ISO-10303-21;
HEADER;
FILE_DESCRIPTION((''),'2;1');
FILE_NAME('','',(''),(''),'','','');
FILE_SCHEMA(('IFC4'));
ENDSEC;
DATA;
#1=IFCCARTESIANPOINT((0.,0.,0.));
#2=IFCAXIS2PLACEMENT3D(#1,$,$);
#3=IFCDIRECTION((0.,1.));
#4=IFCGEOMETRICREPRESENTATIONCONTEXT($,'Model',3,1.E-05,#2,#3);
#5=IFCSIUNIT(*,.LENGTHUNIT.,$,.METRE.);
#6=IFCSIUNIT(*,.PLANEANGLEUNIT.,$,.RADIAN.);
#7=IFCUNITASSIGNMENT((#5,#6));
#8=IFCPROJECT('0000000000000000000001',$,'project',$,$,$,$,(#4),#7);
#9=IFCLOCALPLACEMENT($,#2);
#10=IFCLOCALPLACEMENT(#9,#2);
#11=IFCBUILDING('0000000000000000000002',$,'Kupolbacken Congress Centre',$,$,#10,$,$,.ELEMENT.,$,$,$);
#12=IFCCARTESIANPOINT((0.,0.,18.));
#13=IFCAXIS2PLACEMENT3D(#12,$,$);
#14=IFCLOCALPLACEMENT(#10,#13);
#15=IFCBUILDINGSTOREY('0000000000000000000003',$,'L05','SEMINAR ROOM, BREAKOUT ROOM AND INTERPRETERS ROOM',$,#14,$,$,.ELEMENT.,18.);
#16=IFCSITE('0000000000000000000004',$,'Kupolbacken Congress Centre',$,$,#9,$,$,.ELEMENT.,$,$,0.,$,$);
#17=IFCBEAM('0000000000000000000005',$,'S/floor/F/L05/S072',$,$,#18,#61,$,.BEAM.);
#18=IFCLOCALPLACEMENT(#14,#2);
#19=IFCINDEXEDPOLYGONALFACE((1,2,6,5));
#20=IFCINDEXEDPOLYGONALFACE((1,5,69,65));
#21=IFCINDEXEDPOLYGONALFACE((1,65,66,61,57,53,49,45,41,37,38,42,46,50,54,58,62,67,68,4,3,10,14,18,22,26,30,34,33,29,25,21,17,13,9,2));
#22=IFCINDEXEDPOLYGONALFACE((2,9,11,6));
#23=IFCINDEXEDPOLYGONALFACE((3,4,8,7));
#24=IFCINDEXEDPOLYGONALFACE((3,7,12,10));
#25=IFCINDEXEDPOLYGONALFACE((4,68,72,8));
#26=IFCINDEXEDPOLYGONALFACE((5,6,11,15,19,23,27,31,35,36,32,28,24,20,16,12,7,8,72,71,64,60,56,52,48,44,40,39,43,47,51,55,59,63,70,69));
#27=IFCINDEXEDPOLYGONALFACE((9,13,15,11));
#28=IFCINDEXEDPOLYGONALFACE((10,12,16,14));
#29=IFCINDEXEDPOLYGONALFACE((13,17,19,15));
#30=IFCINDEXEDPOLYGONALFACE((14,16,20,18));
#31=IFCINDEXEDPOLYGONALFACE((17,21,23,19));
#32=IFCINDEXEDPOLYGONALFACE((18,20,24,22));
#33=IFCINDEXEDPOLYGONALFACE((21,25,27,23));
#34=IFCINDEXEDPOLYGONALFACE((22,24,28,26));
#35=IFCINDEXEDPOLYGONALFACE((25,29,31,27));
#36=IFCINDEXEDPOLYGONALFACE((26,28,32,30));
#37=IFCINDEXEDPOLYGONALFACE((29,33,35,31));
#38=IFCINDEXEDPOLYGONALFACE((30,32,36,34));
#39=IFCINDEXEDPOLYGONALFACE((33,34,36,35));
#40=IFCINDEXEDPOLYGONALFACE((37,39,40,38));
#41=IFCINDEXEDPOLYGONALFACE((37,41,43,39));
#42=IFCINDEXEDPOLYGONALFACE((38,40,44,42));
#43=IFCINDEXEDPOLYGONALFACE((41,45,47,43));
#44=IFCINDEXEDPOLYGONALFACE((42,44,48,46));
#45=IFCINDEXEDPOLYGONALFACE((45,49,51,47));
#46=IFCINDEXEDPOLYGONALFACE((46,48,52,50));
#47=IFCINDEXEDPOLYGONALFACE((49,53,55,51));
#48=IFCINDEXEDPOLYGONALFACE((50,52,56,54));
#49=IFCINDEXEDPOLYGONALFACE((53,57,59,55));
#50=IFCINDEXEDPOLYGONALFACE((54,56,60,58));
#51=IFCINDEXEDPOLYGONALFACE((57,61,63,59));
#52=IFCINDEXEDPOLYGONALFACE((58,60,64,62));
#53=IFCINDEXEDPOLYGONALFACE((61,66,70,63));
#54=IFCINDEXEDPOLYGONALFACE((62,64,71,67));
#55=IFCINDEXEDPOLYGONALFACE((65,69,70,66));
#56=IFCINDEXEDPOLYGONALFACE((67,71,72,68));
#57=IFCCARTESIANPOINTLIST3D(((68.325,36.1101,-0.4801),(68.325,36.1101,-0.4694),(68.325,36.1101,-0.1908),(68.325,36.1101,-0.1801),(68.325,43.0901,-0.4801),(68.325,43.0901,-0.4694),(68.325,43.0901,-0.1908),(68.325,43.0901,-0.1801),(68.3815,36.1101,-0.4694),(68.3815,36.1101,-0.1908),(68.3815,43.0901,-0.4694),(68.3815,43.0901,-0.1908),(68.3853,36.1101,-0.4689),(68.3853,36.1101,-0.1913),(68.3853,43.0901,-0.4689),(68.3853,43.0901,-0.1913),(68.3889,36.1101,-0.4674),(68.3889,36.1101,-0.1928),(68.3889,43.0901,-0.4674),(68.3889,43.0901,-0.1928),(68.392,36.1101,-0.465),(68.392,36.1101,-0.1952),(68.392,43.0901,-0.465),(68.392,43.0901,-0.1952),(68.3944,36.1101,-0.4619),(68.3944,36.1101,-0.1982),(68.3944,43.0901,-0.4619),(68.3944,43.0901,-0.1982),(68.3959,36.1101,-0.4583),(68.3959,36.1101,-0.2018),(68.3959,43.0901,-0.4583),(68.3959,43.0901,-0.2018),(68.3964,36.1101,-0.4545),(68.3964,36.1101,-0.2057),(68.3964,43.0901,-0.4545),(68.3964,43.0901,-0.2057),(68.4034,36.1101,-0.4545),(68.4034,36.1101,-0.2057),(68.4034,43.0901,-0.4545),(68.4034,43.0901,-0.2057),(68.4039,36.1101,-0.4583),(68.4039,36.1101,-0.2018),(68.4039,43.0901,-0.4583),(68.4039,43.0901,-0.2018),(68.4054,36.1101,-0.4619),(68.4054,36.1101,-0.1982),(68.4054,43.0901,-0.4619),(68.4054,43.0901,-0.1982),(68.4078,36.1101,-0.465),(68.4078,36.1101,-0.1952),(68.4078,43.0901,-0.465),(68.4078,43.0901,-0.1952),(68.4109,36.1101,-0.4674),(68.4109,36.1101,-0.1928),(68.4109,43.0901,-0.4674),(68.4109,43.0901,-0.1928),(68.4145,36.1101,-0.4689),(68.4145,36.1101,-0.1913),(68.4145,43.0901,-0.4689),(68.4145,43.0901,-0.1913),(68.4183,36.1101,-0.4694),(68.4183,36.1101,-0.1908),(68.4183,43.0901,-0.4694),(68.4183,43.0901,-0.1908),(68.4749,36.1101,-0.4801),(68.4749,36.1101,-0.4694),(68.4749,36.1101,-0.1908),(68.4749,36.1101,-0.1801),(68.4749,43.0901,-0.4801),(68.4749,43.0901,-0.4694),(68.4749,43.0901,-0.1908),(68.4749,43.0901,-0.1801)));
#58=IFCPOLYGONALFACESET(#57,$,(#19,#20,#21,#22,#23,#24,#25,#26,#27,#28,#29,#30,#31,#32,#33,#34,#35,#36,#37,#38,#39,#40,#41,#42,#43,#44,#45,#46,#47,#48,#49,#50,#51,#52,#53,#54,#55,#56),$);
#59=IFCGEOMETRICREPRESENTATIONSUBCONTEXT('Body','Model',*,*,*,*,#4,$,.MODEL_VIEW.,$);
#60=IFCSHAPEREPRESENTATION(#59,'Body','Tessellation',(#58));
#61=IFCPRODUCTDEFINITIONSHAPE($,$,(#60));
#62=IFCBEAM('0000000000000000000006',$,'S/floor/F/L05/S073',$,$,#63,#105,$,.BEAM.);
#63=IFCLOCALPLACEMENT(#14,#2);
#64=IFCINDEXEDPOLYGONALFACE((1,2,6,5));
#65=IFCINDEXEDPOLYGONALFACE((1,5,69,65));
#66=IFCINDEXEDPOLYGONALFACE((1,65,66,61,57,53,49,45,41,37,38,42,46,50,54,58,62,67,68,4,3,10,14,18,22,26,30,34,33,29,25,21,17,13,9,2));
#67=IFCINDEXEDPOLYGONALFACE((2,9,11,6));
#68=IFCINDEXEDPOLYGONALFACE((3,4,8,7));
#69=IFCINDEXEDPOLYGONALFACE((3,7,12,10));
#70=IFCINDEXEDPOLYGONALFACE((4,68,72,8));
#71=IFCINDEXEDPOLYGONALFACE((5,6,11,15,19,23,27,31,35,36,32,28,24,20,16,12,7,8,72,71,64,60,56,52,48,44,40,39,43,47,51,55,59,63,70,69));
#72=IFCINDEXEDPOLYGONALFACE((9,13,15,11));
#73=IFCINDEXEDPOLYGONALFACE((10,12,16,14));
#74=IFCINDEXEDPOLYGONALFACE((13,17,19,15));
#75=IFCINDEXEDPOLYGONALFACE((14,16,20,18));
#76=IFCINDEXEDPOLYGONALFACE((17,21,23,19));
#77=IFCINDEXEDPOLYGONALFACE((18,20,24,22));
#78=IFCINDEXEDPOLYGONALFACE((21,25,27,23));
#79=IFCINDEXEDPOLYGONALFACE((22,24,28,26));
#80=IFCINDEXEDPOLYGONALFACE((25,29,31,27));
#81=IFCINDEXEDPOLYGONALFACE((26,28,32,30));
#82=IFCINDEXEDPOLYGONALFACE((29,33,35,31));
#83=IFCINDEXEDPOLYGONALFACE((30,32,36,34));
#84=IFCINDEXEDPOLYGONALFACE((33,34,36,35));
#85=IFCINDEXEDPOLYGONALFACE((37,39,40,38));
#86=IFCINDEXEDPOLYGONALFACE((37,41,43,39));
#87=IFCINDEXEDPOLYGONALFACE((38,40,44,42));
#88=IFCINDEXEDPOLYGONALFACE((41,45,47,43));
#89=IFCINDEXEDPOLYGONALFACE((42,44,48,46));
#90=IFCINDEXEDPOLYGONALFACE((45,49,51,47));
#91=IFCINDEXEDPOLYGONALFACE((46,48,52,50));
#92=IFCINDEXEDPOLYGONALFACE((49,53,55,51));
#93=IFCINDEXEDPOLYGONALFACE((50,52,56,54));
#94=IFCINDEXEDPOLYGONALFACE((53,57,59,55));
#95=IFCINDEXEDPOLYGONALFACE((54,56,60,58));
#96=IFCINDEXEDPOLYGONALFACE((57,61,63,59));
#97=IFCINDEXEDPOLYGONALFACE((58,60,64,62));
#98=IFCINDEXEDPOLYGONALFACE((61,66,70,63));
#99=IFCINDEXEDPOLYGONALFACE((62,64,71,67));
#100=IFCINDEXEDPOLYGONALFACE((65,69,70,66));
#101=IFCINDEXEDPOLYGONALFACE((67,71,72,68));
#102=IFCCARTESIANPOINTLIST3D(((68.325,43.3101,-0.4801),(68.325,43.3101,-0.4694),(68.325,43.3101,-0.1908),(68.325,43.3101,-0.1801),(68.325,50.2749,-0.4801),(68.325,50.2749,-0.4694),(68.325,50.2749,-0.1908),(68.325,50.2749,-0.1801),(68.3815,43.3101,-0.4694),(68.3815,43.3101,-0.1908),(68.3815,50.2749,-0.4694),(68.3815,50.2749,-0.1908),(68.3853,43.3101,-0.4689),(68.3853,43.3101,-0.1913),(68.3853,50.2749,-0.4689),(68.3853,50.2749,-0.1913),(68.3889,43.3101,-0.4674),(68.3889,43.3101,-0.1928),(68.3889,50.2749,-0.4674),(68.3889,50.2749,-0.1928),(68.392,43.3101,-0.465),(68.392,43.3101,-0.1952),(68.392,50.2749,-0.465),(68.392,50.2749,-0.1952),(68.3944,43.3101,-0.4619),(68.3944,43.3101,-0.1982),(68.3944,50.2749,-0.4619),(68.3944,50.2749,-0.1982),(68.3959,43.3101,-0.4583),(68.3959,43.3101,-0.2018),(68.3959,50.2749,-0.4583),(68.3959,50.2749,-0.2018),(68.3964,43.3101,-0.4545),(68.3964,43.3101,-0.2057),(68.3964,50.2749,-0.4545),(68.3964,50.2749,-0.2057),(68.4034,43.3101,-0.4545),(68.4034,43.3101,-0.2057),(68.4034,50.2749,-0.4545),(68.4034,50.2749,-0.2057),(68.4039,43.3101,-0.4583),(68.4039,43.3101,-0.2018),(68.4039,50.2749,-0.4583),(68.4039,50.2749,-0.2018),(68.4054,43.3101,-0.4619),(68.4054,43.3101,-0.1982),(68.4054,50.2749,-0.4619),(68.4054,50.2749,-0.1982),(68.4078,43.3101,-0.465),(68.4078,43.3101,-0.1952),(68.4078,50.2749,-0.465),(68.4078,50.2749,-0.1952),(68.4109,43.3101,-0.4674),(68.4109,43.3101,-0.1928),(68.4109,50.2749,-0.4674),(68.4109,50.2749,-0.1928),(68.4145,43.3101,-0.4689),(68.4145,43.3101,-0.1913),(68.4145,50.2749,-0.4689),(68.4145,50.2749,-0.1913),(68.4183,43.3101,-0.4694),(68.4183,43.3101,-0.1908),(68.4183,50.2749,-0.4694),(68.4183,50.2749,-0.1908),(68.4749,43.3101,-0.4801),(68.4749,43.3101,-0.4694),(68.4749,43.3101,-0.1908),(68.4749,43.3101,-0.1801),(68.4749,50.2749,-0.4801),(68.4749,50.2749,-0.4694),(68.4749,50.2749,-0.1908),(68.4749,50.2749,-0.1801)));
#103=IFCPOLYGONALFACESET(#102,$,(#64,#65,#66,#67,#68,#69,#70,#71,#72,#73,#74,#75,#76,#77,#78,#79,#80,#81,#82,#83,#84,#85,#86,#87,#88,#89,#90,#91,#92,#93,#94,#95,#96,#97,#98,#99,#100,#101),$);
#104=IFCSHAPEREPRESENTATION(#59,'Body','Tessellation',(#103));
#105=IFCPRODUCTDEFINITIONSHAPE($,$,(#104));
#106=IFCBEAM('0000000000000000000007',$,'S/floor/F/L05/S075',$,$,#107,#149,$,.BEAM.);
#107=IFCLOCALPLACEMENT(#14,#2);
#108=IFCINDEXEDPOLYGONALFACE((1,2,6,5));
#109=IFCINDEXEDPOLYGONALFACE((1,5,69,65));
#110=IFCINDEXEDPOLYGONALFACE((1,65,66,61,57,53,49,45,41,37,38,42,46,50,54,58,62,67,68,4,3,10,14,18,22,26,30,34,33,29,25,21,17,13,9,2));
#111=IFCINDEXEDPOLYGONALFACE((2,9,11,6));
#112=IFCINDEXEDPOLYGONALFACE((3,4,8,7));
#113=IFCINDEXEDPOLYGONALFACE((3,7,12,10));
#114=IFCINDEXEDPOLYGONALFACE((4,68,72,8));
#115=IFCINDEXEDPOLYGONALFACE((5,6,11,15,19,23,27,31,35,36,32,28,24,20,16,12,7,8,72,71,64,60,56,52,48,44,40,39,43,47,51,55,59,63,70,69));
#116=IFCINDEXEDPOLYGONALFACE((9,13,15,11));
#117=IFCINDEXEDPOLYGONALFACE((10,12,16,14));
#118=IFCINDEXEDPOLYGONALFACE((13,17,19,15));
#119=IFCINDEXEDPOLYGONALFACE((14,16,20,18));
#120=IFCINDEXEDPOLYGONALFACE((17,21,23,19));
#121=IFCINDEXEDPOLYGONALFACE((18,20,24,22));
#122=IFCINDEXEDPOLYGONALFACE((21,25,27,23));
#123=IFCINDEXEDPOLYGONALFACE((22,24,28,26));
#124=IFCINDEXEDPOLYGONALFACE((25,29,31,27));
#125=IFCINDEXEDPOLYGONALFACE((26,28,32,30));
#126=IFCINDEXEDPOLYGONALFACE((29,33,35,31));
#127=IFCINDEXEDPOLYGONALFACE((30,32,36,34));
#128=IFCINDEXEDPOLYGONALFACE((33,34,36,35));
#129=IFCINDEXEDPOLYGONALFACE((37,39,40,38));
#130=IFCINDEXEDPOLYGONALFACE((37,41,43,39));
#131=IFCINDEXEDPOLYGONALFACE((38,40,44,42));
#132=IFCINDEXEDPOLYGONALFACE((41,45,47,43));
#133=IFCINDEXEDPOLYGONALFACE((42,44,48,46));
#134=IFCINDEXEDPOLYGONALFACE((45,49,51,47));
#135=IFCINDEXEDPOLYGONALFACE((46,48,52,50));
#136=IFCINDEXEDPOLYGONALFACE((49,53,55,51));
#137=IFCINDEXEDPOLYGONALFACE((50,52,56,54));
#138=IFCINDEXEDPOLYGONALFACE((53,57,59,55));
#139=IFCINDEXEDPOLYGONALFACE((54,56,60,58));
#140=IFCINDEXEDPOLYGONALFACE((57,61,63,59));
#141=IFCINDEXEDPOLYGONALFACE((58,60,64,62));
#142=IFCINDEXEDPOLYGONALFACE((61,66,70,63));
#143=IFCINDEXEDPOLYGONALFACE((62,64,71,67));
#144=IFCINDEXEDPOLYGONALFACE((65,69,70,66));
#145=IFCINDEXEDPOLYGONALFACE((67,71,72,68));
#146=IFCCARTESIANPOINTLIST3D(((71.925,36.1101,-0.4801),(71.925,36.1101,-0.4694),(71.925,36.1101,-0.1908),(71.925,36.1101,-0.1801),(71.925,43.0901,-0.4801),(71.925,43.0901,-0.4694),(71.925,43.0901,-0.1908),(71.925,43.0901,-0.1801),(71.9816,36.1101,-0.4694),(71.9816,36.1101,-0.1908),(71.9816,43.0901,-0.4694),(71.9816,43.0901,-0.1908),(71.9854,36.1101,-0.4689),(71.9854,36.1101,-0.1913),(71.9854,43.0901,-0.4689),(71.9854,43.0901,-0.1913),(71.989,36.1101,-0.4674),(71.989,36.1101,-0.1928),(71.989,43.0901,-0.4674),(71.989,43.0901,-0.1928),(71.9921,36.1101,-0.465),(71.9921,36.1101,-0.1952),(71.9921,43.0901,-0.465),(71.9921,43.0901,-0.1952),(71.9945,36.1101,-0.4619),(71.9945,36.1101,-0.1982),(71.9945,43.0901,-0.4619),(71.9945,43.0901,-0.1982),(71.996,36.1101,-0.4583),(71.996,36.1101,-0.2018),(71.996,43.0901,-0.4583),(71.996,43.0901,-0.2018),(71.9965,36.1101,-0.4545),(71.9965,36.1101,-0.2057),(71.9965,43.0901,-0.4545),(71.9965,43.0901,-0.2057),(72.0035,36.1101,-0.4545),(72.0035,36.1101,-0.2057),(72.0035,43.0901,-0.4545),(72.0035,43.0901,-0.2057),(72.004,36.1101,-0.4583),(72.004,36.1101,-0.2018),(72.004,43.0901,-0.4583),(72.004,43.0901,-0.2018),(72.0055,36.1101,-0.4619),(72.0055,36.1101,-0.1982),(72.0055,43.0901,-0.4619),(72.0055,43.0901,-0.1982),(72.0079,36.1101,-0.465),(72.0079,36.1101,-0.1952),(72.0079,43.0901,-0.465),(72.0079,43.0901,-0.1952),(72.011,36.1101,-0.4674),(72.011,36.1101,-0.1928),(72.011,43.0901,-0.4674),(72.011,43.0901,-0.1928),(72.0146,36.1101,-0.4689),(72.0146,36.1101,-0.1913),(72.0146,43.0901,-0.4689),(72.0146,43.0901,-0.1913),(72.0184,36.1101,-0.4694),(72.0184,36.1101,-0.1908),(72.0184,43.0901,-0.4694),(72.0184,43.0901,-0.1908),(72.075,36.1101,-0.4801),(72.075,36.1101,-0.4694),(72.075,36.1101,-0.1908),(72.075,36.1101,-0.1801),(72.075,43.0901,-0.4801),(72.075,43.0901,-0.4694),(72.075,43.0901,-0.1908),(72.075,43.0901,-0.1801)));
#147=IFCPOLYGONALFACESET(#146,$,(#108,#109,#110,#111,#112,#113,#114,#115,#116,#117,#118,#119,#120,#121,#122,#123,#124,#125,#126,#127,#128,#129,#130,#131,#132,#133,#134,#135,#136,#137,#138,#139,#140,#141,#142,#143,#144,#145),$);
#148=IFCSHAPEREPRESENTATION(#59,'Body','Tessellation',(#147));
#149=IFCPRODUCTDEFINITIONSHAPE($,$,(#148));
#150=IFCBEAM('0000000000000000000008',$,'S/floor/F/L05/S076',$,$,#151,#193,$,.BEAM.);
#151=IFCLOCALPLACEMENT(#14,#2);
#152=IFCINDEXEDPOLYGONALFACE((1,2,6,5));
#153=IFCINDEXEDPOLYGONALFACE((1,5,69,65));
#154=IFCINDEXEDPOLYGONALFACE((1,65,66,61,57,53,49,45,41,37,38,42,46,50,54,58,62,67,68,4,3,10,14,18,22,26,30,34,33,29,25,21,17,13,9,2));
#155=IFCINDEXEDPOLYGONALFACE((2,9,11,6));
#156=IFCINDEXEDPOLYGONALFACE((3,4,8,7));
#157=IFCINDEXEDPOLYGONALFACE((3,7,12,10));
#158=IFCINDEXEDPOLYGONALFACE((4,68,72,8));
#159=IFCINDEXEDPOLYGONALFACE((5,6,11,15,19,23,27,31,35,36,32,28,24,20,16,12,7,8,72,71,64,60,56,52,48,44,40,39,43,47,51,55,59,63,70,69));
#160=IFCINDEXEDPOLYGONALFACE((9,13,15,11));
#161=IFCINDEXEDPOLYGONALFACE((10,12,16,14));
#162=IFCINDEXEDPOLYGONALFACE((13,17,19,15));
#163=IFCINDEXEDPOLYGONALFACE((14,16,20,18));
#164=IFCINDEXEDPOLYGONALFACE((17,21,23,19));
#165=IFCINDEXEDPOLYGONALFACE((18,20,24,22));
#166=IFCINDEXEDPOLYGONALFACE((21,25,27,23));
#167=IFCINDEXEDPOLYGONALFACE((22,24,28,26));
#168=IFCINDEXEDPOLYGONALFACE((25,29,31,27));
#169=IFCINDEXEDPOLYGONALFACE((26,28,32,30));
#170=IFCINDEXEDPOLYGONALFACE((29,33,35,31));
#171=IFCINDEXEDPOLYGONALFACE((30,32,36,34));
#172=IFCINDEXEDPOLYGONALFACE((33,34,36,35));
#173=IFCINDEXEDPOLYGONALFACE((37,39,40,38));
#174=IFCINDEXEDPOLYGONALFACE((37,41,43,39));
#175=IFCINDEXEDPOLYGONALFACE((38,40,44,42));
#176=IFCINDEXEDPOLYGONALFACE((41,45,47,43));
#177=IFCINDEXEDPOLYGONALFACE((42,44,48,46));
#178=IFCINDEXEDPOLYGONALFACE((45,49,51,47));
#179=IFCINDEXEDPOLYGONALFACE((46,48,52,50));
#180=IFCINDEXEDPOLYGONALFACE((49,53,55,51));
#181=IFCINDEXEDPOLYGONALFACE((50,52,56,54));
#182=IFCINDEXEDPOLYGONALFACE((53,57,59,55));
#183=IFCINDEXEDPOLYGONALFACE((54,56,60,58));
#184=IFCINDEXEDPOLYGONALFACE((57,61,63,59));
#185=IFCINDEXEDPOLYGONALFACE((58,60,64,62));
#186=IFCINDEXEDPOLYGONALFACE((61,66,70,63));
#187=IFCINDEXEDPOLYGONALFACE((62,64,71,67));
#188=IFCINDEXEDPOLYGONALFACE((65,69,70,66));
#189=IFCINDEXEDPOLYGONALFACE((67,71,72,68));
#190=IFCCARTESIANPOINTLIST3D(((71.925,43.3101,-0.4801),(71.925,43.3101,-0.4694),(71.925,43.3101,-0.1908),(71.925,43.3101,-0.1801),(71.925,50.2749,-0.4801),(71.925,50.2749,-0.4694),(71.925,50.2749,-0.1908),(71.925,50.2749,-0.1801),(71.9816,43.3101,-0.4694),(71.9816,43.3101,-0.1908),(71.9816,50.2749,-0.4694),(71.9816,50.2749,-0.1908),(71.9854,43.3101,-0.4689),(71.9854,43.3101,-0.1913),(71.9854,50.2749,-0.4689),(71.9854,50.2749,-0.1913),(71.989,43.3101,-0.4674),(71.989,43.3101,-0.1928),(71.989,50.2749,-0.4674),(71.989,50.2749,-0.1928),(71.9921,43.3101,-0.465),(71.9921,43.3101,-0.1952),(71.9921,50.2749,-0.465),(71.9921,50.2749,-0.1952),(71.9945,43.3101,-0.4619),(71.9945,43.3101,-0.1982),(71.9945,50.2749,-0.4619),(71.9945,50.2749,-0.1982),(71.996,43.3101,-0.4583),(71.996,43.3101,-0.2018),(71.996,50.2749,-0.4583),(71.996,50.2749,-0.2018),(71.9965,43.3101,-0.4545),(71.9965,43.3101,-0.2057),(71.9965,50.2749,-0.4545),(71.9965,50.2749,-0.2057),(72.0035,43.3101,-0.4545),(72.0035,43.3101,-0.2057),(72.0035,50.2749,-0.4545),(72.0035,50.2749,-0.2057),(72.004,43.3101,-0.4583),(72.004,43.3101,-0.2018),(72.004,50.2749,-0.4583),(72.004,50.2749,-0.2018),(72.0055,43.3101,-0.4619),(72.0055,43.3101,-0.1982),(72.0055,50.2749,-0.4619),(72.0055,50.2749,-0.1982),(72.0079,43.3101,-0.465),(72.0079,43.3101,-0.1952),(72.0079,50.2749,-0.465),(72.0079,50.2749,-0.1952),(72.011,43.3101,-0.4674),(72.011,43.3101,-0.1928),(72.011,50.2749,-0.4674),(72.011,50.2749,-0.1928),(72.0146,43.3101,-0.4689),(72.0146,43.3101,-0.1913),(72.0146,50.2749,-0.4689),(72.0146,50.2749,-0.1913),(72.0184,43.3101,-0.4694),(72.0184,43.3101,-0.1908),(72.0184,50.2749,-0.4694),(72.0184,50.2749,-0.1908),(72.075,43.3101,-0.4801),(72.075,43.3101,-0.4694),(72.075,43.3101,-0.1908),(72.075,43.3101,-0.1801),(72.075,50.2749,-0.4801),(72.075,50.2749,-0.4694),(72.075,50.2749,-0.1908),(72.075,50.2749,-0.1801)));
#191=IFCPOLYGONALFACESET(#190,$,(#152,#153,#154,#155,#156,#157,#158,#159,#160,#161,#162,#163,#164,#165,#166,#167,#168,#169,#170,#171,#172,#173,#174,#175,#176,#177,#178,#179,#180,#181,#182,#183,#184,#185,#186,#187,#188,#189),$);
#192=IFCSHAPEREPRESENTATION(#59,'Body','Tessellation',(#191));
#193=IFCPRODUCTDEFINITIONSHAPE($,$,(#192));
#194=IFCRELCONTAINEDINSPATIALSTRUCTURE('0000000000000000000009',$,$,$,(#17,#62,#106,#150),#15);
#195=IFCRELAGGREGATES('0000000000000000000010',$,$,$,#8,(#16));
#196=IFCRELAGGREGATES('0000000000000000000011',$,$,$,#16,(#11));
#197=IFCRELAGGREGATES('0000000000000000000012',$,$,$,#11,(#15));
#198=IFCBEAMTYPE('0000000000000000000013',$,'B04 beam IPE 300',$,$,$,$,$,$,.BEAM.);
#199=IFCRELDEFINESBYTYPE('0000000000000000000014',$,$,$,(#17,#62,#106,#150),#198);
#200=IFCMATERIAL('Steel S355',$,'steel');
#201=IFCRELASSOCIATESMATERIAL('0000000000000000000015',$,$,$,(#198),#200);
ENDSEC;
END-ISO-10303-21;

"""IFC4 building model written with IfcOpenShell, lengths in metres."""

from ifc_helpers import new_model, si_unit, direction, frame, origin, origin_2d, place, context, subcontext, project, spatial, i_section, extrude, material, material_profile, profile_set, type_object, element, save


model = new_model("IFC4")

# Units and contexts
model_context = context("Model", 3, precision=1e-05, world=origin(), true_north=direction((0.0, 1.0)))
body_context = subcontext(model_context, "Body", "Model", "MODEL_VIEW")
ifc_project = project(units=[si_unit("LENGTHUNIT", "METRE"), si_unit("PLANEANGLEUNIT", "RADIAN")], contexts=[model_context])

# Site, building, storey
site_placement = place(None, origin())
site = spatial("IfcSite", under=ifc_project, at=site_placement, Name="Kupolbacken Congress Centre", CompositionType="ELEMENT", RefElevation=0.0)
building_placement = place(site_placement, origin())
building = spatial("IfcBuilding", under=site, at=building_placement, Name="Kupolbacken Congress Centre", CompositionType="ELEMENT")
storey_placement = place(building_placement, frame((0.0, 0.0, 18.0)))
storey = spatial("IfcBuildingStorey", under=building, at=storey_placement, Name="L05", Description="SEMINAR ROOM, BREAKOUT ROOM AND INTERPRETERS ROOM", CompositionType="ELEMENT", Elevation=18.0)

# Beams
ifc_material_1 = material(Name="Steel S355", Category="steel")
ifc_material_profile_1 = material_profile(ifc_material_1, i_section(OverallWidth=0.1499, OverallDepth=0.3, WebThickness=0.0071, FlangeThickness=0.0107, FilletRadius=0.0149, at=origin_2d()), Name="IPE 300")
ifc_profile_set_1 = profile_set([ifc_material_profile_1], Name="Steel S355")
beam_type_1 = type_object("IfcBeamType", Name="B04 beam IPE 300", PredefinedType="BEAM", material=ifc_profile_set_1)
beam_1_placement = place(storey_placement, frame((68.3999, 36.1101, -0.3301), z_axis=(0.0, 1.0, 0.0), x_axis=(-1.0, 0.0, 0.0)))
element("IfcBeam", 1, at=beam_1_placement, inside=storey, type_object=beam_type_1, Name="S/floor/F/L05/S072", PredefinedType="BEAM", context=body_context, shape_type="SweptSolid", body=[
    extrude(i_section(OverallWidth=0.1499, OverallDepth=0.3, WebThickness=0.0071, FlangeThickness=0.0107, FilletRadius=0.0149, at=origin_2d()), origin(), (0.0, 0.0, 1.0), 6.98),
])
beam_2_placement = place(storey_placement, frame((68.3999, 43.3101, -0.3301), z_axis=(0.0, 1.0, 0.0), x_axis=(-1.0, 0.0, 0.0)))
element("IfcBeam", 2, at=beam_2_placement, inside=storey, type_object=beam_type_1, Name="S/floor/F/L05/S073", PredefinedType="BEAM", context=body_context, shape_type="SweptSolid", body=[
    extrude(i_section(OverallWidth=0.1499, OverallDepth=0.3, WebThickness=0.0071, FlangeThickness=0.0107, FilletRadius=0.0149, at=origin_2d()), origin(), (0.0, 0.0, 1.0), 6.9648),
])
beam_3_placement = place(storey_placement, frame((72.0, 36.1101, -0.3301), z_axis=(0.0, 1.0, 0.0), x_axis=(-1.0, 0.0, 0.0)))
element("IfcBeam", 3, at=beam_3_placement, inside=storey, type_object=beam_type_1, Name="S/floor/F/L05/S075", PredefinedType="BEAM", context=body_context, shape_type="SweptSolid", body=[
    extrude(i_section(OverallWidth=0.1499, OverallDepth=0.3, WebThickness=0.0071, FlangeThickness=0.0107, FilletRadius=0.0149, at=origin_2d()), origin(), (0.0, 0.0, 1.0), 6.98),
])
beam_4_placement = place(storey_placement, frame((72.0, 43.3101, -0.3301), z_axis=(0.0, 1.0, 0.0), x_axis=(-1.0, 0.0, 0.0)))
element("IfcBeam", 4, at=beam_4_placement, inside=storey, type_object=beam_type_1, Name="S/floor/F/L05/S076", PredefinedType="BEAM", context=body_context, shape_type="SweptSolid", body=[
    extrude(i_section(OverallWidth=0.1499, OverallDepth=0.3, WebThickness=0.0071, FlangeThickness=0.0107, FilletRadius=0.0149, at=origin_2d()), origin(), (0.0, 0.0, 1.0), 6.9648),
])

save(model, "model.ifc")
